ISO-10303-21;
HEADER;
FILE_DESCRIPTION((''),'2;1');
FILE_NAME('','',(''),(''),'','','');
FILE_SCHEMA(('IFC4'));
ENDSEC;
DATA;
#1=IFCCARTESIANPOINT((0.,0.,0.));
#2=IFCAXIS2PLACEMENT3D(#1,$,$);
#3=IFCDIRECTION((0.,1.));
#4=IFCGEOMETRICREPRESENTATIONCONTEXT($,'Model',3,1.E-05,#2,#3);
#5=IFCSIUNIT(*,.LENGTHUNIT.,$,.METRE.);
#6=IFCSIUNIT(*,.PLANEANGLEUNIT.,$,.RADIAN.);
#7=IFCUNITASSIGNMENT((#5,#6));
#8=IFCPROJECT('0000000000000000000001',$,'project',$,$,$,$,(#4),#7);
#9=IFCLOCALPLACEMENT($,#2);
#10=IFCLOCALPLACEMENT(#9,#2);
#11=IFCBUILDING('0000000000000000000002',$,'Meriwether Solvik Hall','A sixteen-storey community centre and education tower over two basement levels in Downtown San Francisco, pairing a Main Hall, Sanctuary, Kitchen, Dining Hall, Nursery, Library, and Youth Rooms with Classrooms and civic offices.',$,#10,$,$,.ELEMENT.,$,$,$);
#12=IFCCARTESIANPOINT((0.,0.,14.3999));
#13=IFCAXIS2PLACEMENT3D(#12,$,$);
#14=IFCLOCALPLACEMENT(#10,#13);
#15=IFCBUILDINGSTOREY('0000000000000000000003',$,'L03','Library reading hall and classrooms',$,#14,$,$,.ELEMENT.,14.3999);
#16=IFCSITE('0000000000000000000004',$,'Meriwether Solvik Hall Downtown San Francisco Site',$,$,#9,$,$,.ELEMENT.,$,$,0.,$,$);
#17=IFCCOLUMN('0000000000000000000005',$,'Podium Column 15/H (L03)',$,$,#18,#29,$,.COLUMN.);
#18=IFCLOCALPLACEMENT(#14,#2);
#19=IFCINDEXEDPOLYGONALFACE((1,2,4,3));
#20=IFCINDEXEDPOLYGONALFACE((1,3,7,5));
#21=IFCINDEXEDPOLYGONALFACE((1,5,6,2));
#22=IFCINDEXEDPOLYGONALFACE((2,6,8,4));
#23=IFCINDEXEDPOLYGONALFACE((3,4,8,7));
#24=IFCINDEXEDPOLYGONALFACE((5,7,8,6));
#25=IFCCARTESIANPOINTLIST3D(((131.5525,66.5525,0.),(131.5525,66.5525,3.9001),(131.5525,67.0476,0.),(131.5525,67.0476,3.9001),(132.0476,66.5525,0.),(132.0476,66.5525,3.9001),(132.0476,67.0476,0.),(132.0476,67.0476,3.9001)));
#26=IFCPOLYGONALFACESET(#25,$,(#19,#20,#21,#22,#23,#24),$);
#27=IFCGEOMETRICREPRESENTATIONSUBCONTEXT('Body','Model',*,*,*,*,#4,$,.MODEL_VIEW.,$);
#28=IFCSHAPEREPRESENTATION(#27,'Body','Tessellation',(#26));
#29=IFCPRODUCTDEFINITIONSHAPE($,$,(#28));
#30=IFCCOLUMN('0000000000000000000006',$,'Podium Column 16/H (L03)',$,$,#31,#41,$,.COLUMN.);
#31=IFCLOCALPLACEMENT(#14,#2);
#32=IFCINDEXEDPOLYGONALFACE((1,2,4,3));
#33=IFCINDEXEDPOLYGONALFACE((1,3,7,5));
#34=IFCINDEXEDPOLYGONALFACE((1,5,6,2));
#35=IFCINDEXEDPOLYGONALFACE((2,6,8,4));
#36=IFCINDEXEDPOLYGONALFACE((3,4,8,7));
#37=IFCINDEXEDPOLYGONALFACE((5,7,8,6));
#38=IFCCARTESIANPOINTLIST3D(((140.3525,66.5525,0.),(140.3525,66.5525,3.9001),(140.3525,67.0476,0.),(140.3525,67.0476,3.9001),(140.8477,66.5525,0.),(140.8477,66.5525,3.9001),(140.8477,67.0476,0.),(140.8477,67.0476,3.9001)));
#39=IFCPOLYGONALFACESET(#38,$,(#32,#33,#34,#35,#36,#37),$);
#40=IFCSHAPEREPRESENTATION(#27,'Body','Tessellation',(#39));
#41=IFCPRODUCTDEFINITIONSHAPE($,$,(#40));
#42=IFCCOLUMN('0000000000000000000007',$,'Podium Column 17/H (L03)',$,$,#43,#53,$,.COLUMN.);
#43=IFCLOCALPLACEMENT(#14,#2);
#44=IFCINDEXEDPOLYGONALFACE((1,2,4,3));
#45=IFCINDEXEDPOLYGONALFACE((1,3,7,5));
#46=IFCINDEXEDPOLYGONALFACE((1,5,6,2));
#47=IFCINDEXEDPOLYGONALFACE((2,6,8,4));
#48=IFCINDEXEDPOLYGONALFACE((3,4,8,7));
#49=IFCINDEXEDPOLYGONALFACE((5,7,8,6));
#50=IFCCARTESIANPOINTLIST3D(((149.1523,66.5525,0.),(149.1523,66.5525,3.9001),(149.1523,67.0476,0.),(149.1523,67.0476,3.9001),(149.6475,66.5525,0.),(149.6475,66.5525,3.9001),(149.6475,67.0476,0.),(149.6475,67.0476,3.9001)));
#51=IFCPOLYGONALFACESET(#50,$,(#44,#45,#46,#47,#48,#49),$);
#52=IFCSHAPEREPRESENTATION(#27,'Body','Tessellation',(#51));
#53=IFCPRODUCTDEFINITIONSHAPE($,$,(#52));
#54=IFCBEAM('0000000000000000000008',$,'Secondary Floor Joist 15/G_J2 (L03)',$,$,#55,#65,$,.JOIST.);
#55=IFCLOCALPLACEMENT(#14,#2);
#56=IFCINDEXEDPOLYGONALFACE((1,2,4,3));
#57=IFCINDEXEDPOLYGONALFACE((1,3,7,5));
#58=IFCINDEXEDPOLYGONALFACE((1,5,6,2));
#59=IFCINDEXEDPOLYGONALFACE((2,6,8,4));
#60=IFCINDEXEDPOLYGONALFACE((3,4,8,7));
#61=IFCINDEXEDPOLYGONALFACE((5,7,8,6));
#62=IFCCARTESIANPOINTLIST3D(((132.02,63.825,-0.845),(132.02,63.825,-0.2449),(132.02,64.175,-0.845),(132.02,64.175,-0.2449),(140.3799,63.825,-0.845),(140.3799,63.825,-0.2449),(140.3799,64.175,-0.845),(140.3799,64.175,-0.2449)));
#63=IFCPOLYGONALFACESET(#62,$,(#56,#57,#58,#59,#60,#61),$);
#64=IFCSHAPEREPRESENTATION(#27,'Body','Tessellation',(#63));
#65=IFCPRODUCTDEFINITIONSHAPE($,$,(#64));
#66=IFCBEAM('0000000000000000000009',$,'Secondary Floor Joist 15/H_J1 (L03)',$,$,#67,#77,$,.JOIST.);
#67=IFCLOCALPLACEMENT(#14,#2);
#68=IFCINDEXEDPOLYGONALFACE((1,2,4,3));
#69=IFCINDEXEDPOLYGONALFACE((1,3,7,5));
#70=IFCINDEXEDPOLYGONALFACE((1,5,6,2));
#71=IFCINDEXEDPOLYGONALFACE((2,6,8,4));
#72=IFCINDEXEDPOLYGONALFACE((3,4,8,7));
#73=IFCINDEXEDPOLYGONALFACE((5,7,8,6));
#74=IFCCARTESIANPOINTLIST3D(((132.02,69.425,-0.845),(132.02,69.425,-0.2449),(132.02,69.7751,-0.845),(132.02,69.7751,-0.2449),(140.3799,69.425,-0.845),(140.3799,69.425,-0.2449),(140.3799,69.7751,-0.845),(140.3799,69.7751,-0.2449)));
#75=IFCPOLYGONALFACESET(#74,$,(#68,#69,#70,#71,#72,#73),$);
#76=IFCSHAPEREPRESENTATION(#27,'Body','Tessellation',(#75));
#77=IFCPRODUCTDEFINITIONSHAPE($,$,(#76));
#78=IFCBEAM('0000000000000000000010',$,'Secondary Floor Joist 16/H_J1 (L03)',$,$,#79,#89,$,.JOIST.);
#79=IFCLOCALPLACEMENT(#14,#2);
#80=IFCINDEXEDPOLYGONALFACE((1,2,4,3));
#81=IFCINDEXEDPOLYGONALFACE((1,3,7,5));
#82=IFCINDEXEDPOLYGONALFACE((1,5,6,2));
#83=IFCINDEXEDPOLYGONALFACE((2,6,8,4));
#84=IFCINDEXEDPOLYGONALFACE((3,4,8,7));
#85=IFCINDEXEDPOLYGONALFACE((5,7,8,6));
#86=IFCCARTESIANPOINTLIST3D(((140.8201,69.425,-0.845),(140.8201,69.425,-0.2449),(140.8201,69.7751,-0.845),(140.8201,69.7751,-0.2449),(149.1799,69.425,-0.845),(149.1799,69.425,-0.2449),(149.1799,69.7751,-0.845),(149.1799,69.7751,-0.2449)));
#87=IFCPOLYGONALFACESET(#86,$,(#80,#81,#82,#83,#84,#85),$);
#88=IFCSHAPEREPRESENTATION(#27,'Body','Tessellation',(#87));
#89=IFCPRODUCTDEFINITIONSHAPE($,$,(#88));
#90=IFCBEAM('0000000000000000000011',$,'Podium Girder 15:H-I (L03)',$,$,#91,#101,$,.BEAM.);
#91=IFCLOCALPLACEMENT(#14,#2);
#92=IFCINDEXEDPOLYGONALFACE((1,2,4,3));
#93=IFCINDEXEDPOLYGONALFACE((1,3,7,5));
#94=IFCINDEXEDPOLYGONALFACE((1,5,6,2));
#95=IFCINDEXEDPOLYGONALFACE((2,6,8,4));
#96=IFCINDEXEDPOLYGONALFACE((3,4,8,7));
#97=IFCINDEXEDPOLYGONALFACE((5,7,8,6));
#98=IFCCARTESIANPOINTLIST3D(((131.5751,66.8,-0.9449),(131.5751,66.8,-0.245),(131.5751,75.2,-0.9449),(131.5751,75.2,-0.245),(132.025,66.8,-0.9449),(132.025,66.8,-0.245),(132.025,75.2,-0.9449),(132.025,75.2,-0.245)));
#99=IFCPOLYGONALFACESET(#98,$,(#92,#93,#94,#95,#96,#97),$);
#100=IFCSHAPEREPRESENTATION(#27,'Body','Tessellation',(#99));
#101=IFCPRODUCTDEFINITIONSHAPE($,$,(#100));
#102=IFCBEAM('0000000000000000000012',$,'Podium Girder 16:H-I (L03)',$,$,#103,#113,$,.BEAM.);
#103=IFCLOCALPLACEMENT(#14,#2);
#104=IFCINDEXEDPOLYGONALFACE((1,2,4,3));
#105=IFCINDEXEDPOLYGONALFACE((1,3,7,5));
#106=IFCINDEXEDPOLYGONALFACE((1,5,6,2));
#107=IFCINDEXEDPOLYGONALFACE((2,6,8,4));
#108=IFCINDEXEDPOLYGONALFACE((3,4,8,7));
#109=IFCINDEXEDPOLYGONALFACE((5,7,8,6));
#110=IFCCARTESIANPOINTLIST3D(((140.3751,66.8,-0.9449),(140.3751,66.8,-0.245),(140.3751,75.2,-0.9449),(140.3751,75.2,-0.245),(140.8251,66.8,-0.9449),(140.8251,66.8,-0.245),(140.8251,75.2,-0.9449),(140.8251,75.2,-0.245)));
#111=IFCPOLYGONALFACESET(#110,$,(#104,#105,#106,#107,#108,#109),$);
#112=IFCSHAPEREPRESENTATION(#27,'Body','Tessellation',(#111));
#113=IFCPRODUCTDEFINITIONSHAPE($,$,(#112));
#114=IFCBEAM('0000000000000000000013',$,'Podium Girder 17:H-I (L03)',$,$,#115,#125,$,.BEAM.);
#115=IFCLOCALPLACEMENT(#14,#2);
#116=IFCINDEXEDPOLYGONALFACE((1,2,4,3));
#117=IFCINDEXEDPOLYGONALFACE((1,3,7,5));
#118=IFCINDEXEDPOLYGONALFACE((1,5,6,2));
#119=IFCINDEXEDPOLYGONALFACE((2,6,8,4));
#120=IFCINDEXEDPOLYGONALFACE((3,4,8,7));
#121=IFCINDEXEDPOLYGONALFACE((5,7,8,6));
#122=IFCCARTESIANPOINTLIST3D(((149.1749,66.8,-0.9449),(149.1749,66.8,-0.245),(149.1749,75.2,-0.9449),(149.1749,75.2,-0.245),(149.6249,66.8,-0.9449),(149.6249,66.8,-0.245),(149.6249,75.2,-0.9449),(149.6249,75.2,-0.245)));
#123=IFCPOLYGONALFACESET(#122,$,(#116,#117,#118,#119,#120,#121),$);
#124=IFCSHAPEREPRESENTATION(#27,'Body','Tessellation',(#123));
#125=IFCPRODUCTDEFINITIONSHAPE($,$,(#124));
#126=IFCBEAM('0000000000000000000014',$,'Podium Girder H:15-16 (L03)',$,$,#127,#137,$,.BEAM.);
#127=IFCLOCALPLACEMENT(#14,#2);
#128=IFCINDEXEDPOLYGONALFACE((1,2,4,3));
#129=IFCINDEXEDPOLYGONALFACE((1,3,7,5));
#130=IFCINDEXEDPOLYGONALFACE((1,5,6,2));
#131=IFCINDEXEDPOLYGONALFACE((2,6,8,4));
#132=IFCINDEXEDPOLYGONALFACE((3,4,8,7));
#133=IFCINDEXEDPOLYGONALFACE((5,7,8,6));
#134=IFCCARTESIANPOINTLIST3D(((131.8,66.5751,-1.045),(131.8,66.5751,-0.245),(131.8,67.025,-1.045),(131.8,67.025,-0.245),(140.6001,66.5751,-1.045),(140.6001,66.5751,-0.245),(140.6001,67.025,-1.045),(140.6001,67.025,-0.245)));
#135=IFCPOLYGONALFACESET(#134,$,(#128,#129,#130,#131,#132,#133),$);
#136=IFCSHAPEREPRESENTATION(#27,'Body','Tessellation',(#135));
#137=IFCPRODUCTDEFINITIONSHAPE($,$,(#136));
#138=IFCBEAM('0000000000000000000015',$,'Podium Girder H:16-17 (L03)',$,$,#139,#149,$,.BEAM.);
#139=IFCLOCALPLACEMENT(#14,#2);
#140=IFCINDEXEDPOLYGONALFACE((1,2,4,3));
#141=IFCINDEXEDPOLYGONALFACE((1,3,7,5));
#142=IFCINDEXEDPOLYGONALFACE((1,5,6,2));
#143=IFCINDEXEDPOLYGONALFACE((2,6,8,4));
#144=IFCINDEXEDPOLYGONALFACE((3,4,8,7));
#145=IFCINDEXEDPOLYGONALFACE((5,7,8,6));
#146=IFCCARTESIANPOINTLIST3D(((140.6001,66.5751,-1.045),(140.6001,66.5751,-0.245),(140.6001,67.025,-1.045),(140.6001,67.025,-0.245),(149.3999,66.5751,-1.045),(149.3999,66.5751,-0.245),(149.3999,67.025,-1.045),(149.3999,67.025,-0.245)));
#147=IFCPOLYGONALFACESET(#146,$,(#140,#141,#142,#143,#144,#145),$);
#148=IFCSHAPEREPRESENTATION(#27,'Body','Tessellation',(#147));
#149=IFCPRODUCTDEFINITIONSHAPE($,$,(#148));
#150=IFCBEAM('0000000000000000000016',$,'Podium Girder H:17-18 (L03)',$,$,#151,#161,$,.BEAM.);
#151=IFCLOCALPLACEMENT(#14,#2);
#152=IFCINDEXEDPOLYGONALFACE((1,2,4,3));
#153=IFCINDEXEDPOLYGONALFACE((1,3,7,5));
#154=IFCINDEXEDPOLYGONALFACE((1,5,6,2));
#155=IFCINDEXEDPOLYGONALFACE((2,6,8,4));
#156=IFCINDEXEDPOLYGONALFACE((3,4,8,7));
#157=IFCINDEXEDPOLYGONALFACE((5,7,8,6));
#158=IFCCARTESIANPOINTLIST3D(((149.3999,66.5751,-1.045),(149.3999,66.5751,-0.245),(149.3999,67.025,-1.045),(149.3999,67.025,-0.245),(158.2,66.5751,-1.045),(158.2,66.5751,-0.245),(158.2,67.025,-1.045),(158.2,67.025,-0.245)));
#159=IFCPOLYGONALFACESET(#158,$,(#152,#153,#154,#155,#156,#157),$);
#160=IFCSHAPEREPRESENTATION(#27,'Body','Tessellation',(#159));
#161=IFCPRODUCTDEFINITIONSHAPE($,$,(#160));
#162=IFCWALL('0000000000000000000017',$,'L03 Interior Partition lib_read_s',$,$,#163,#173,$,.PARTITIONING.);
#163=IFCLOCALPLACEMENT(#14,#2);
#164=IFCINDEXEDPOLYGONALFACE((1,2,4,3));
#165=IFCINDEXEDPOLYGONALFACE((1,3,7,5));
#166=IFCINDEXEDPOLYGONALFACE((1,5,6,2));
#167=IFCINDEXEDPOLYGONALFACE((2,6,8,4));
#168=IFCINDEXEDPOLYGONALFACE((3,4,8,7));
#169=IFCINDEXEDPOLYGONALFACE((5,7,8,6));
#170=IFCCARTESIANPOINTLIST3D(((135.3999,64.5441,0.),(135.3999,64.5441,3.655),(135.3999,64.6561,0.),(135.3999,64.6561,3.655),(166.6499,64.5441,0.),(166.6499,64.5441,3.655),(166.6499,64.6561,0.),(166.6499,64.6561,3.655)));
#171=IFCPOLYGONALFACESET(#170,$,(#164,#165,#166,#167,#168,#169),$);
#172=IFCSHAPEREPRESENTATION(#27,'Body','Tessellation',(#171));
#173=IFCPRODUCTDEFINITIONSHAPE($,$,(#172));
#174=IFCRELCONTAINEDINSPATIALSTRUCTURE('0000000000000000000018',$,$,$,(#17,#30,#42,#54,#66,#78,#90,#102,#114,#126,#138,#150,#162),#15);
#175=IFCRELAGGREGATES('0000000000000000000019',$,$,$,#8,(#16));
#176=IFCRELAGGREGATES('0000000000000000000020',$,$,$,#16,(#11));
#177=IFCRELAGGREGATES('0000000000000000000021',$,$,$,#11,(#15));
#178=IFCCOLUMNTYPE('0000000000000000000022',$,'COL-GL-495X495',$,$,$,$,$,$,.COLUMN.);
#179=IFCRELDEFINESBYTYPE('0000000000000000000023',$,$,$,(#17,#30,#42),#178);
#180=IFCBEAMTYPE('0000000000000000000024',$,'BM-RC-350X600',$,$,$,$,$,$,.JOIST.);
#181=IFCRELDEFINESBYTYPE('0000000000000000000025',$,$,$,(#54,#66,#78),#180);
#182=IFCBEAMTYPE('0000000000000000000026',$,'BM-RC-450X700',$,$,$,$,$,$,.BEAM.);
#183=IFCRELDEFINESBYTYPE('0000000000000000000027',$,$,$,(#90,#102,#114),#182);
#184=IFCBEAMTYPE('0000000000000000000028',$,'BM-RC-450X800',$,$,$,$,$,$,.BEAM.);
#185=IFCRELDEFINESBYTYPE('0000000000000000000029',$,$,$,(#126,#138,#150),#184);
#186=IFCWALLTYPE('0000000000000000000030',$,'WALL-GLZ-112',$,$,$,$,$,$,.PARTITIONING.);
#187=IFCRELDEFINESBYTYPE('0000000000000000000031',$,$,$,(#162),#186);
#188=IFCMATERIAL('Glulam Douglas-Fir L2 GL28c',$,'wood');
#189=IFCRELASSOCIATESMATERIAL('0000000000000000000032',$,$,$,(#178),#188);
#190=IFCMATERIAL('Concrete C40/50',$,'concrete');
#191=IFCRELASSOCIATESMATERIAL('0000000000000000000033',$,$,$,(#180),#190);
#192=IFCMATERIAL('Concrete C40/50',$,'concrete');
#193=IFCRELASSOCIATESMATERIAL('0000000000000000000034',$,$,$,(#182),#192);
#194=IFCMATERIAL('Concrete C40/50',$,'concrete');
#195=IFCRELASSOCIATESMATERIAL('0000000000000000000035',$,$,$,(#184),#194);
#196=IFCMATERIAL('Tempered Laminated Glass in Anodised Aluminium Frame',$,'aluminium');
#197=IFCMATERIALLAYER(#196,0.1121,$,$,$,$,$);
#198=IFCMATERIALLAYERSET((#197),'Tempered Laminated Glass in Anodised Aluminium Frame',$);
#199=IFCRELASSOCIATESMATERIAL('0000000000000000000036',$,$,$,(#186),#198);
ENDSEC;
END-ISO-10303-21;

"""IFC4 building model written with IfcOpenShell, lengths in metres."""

from ifc_helpers import new_model, si_unit, direction, frame, frame_2d, origin, origin_2d, place, context, subcontext, project, spatial, rectangle, extrude, material, layer, layer_set, material_profile, profile_set, type_object, element, save


model = new_model("IFC4")

# Units and contexts
model_context = context("Model", 3, precision=1e-05, world=origin(), true_north=direction((0.0, 1.0)))
body_context = subcontext(model_context, "Body", "Model", "MODEL_VIEW")
ifc_project = project(units=[si_unit("LENGTHUNIT", "METRE"), si_unit("PLANEANGLEUNIT", "RADIAN")], contexts=[model_context])

# Site, building, storey
site_placement = place(None, origin())
site = spatial("IfcSite", under=ifc_project, at=site_placement, Name="Meriwether Solvik Hall Downtown San Francisco Site", CompositionType="ELEMENT", RefElevation=0.0)
building_placement = place(site_placement, origin())
building = spatial("IfcBuilding", under=site, at=building_placement, Name="Meriwether Solvik Hall", Description="A sixteen-storey community centre and education tower over two basement levels in Downtown San Francisco, pairing a Main Hall, Sanctuary, Kitchen, Dining Hall, Nursery, Library, and Youth Rooms with Classrooms and civic offices.", CompositionType="ELEMENT")
storey_placement = place(building_placement, frame((0.0, 0.0, 14.3999)))
storey = spatial("IfcBuildingStorey", under=building, at=storey_placement, Name="L03", Description="Library reading hall and classrooms", CompositionType="ELEMENT", Elevation=14.3999)

# Columns
ifc_material_1 = material(Name="Glulam Douglas-Fir L2 GL28c", Category="wood")
ifc_material_profile_1 = material_profile(ifc_material_1, rectangle(XDim=0.4951, YDim=0.4951, at=origin_2d()), Name="GLC-495X495")
ifc_profile_set_1 = profile_set([ifc_material_profile_1], Name="Glulam Douglas-Fir L2 GL28c")
column_type = type_object("IfcColumnType", Name="COL-GL-495X495", PredefinedType="COLUMN", material=ifc_profile_set_1)
for number, where, z_axis, x_axis, name in (
    (1, (131.8, 66.8, 0.0), (0.0, 0.0, 1.0), (1.0, 0.0, 0.0), "Podium Column 15/H (L03)"),
    (2, (140.6001, 66.8, 0.0), (0.0, 0.0, 1.0), (1.0, 0.0, 0.0), "Podium Column 16/H (L03)"),
    (3, (149.3999, 66.8, 0.0), (0.0, 0.0, 1.0), (1.0, 0.0, 0.0), "Podium Column 17/H (L03)"),
):
    element("IfcColumn", number, at=place(storey_placement, frame(where, z_axis=z_axis, x_axis=x_axis)), inside=storey, type_object=column_type, Name=name, PredefinedType="COLUMN", context=body_context, shape_type="SweptSolid", body=[
        extrude(rectangle(XDim=0.4951, YDim=0.4951, at=origin_2d()), origin(), (0.0, 0.0, 1.0), 3.9001),
    ])

# Beams
ifc_material_2 = material(Name="Concrete C40/50", Category="concrete")
ifc_material_profile_2 = material_profile(ifc_material_2, rectangle(XDim=0.3501, YDim=0.6001, at=origin_2d()), Name="RCB-350X600")
ifc_profile_set_2 = profile_set([ifc_material_profile_2], Name="Concrete C40/50")
beam_type_1 = type_object("IfcBeamType", Name="BM-RC-350X600", PredefinedType="JOIST", material=ifc_profile_set_2)
for number, where, z_axis, x_axis, name in (
    (4, (132.02, 64.0, -0.5449), (1.0, 0.0, 0.0), (0.0, 1.0, 0.0), "Secondary Floor Joist 15/G_J2 (L03)"),
    (5, (132.02, 69.6001, -0.5449), (1.0, 0.0, 0.0), (0.0, 1.0, 0.0), "Secondary Floor Joist 15/H_J1 (L03)"),
    (6, (140.8201, 69.6001, -0.5449), (1.0, 0.0, 0.0), (0.0, 1.0, 0.0), "Secondary Floor Joist 16/H_J1 (L03)"),
):
    element("IfcBeam", number, at=place(storey_placement, frame(where, z_axis=z_axis, x_axis=x_axis)), inside=storey, type_object=beam_type_1, Name=name, PredefinedType="JOIST", context=body_context, shape_type="SweptSolid", body=[
        extrude(rectangle(XDim=0.3501, YDim=0.6001, at=origin_2d()), origin(), (0.0, 0.0, 1.0), 8.3599),
    ])
ifc_material_3 = material(Name="Concrete C40/50", Category="concrete")
ifc_material_profile_3 = material_profile(ifc_material_3, rectangle(XDim=0.45, YDim=0.7, at=origin_2d()), Name="RCB-450X700")
ifc_profile_set_3 = profile_set([ifc_material_profile_3], Name="Concrete C40/50")
beam_type_2 = type_object("IfcBeamType", Name="BM-RC-450X700", PredefinedType="BEAM", material=ifc_profile_set_3)
for number, where, z_axis, x_axis, name in (
    (7, (131.8, 66.8, -0.595), (0.0, 1.0, 0.0), (-1.0, 0.0, 0.0), "Podium Girder 15:H-I (L03)"),
    (8, (140.6001, 66.8, -0.595), (0.0, 1.0, 0.0), (-1.0, 0.0, 0.0), "Podium Girder 16:H-I (L03)"),
    (9, (149.3999, 66.8, -0.595), (0.0, 1.0, 0.0), (-1.0, 0.0, 0.0), "Podium Girder 17:H-I (L03)"),
):
    element("IfcBeam", number, at=place(storey_placement, frame(where, z_axis=z_axis, x_axis=x_axis)), inside=storey, type_object=beam_type_2, Name=name, PredefinedType="BEAM", context=body_context, shape_type="SweptSolid", body=[
        extrude(rectangle(XDim=0.45, YDim=0.7, at=origin_2d()), origin(), (0.0, 0.0, 1.0), 8.3999),
    ])
ifc_material_4 = material(Name="Concrete C40/50", Category="concrete")
ifc_material_profile_4 = material_profile(ifc_material_4, rectangle(XDim=0.45, YDim=0.8, at=origin_2d()), Name="RCB-450X800")
ifc_profile_set_4 = profile_set([ifc_material_profile_4], Name="Concrete C40/50")
beam_type_3 = type_object("IfcBeamType", Name="BM-RC-450X800", PredefinedType="BEAM", material=ifc_profile_set_4)
beam_1_placement = place(storey_placement, frame((131.8, 66.8, -0.645), z_axis=(1.0, 0.0, 0.0), x_axis=(0.0, 1.0, 0.0)))
element("IfcBeam", 10, at=beam_1_placement, inside=storey, type_object=beam_type_3, Name="Podium Girder H:15-16 (L03)", PredefinedType="BEAM", context=body_context, shape_type="SweptSolid", body=[
    extrude(rectangle(XDim=0.45, YDim=0.8, at=origin_2d()), origin(), (0.0, 0.0, 1.0), 8.8),
])
beam_2_placement = place(storey_placement, frame((140.6001, 66.8, -0.645), z_axis=(1.0, 0.0, 0.0), x_axis=(0.0, 1.0, 0.0)))
element("IfcBeam", 11, at=beam_2_placement, inside=storey, type_object=beam_type_3, Name="Podium Girder H:16-17 (L03)", PredefinedType="BEAM", context=body_context, shape_type="SweptSolid", body=[
    extrude(rectangle(XDim=0.45, YDim=0.8, at=origin_2d()), origin(), (0.0, 0.0, 1.0), 8.7998),
])
beam_3_placement = place(storey_placement, frame((149.3999, 66.8, -0.645), z_axis=(1.0, 0.0, 0.0), x_axis=(0.0, 1.0, 0.0)))
element("IfcBeam", 12, at=beam_3_placement, inside=storey, type_object=beam_type_3, Name="Podium Girder H:17-18 (L03)", PredefinedType="BEAM", context=body_context, shape_type="SweptSolid", body=[
    extrude(rectangle(XDim=0.45, YDim=0.8, at=origin_2d()), origin(), (0.0, 0.0, 1.0), 8.8),
])

# Wall
ifc_material_5 = material(Name="Tempered Laminated Glass in Anodised Aluminium Frame", Category="aluminium")
ifc_layer_1 = layer(ifc_material_5, 0.1121)
ifc_layer_set_1 = layer_set([ifc_layer_1], Name="Tempered Laminated Glass in Anodised Aluminium Frame")
wall_type_1 = type_object("IfcWallType", Name="WALL-GLZ-112", PredefinedType="PARTITIONING", material=ifc_layer_set_1)
wall_1_placement = place(storey_placement, frame((135.3999, 64.6001, 0.0), z_axis=(0.0, 0.0, 1.0), x_axis=(1.0, 0.0, 0.0)))
element("IfcWall", 13, at=wall_1_placement, inside=storey, type_object=wall_type_1, Name="L03 Interior Partition lib_read_s", PredefinedType="PARTITIONING", context=body_context, shape_type="SweptSolid", body=[
    extrude(rectangle(XDim=31.25, YDim=0.1121, at=frame_2d((15.625, 0.0))), origin(), (0.0, 0.0, 1.0), 3.655),
])

save(model, "model.ifc")
